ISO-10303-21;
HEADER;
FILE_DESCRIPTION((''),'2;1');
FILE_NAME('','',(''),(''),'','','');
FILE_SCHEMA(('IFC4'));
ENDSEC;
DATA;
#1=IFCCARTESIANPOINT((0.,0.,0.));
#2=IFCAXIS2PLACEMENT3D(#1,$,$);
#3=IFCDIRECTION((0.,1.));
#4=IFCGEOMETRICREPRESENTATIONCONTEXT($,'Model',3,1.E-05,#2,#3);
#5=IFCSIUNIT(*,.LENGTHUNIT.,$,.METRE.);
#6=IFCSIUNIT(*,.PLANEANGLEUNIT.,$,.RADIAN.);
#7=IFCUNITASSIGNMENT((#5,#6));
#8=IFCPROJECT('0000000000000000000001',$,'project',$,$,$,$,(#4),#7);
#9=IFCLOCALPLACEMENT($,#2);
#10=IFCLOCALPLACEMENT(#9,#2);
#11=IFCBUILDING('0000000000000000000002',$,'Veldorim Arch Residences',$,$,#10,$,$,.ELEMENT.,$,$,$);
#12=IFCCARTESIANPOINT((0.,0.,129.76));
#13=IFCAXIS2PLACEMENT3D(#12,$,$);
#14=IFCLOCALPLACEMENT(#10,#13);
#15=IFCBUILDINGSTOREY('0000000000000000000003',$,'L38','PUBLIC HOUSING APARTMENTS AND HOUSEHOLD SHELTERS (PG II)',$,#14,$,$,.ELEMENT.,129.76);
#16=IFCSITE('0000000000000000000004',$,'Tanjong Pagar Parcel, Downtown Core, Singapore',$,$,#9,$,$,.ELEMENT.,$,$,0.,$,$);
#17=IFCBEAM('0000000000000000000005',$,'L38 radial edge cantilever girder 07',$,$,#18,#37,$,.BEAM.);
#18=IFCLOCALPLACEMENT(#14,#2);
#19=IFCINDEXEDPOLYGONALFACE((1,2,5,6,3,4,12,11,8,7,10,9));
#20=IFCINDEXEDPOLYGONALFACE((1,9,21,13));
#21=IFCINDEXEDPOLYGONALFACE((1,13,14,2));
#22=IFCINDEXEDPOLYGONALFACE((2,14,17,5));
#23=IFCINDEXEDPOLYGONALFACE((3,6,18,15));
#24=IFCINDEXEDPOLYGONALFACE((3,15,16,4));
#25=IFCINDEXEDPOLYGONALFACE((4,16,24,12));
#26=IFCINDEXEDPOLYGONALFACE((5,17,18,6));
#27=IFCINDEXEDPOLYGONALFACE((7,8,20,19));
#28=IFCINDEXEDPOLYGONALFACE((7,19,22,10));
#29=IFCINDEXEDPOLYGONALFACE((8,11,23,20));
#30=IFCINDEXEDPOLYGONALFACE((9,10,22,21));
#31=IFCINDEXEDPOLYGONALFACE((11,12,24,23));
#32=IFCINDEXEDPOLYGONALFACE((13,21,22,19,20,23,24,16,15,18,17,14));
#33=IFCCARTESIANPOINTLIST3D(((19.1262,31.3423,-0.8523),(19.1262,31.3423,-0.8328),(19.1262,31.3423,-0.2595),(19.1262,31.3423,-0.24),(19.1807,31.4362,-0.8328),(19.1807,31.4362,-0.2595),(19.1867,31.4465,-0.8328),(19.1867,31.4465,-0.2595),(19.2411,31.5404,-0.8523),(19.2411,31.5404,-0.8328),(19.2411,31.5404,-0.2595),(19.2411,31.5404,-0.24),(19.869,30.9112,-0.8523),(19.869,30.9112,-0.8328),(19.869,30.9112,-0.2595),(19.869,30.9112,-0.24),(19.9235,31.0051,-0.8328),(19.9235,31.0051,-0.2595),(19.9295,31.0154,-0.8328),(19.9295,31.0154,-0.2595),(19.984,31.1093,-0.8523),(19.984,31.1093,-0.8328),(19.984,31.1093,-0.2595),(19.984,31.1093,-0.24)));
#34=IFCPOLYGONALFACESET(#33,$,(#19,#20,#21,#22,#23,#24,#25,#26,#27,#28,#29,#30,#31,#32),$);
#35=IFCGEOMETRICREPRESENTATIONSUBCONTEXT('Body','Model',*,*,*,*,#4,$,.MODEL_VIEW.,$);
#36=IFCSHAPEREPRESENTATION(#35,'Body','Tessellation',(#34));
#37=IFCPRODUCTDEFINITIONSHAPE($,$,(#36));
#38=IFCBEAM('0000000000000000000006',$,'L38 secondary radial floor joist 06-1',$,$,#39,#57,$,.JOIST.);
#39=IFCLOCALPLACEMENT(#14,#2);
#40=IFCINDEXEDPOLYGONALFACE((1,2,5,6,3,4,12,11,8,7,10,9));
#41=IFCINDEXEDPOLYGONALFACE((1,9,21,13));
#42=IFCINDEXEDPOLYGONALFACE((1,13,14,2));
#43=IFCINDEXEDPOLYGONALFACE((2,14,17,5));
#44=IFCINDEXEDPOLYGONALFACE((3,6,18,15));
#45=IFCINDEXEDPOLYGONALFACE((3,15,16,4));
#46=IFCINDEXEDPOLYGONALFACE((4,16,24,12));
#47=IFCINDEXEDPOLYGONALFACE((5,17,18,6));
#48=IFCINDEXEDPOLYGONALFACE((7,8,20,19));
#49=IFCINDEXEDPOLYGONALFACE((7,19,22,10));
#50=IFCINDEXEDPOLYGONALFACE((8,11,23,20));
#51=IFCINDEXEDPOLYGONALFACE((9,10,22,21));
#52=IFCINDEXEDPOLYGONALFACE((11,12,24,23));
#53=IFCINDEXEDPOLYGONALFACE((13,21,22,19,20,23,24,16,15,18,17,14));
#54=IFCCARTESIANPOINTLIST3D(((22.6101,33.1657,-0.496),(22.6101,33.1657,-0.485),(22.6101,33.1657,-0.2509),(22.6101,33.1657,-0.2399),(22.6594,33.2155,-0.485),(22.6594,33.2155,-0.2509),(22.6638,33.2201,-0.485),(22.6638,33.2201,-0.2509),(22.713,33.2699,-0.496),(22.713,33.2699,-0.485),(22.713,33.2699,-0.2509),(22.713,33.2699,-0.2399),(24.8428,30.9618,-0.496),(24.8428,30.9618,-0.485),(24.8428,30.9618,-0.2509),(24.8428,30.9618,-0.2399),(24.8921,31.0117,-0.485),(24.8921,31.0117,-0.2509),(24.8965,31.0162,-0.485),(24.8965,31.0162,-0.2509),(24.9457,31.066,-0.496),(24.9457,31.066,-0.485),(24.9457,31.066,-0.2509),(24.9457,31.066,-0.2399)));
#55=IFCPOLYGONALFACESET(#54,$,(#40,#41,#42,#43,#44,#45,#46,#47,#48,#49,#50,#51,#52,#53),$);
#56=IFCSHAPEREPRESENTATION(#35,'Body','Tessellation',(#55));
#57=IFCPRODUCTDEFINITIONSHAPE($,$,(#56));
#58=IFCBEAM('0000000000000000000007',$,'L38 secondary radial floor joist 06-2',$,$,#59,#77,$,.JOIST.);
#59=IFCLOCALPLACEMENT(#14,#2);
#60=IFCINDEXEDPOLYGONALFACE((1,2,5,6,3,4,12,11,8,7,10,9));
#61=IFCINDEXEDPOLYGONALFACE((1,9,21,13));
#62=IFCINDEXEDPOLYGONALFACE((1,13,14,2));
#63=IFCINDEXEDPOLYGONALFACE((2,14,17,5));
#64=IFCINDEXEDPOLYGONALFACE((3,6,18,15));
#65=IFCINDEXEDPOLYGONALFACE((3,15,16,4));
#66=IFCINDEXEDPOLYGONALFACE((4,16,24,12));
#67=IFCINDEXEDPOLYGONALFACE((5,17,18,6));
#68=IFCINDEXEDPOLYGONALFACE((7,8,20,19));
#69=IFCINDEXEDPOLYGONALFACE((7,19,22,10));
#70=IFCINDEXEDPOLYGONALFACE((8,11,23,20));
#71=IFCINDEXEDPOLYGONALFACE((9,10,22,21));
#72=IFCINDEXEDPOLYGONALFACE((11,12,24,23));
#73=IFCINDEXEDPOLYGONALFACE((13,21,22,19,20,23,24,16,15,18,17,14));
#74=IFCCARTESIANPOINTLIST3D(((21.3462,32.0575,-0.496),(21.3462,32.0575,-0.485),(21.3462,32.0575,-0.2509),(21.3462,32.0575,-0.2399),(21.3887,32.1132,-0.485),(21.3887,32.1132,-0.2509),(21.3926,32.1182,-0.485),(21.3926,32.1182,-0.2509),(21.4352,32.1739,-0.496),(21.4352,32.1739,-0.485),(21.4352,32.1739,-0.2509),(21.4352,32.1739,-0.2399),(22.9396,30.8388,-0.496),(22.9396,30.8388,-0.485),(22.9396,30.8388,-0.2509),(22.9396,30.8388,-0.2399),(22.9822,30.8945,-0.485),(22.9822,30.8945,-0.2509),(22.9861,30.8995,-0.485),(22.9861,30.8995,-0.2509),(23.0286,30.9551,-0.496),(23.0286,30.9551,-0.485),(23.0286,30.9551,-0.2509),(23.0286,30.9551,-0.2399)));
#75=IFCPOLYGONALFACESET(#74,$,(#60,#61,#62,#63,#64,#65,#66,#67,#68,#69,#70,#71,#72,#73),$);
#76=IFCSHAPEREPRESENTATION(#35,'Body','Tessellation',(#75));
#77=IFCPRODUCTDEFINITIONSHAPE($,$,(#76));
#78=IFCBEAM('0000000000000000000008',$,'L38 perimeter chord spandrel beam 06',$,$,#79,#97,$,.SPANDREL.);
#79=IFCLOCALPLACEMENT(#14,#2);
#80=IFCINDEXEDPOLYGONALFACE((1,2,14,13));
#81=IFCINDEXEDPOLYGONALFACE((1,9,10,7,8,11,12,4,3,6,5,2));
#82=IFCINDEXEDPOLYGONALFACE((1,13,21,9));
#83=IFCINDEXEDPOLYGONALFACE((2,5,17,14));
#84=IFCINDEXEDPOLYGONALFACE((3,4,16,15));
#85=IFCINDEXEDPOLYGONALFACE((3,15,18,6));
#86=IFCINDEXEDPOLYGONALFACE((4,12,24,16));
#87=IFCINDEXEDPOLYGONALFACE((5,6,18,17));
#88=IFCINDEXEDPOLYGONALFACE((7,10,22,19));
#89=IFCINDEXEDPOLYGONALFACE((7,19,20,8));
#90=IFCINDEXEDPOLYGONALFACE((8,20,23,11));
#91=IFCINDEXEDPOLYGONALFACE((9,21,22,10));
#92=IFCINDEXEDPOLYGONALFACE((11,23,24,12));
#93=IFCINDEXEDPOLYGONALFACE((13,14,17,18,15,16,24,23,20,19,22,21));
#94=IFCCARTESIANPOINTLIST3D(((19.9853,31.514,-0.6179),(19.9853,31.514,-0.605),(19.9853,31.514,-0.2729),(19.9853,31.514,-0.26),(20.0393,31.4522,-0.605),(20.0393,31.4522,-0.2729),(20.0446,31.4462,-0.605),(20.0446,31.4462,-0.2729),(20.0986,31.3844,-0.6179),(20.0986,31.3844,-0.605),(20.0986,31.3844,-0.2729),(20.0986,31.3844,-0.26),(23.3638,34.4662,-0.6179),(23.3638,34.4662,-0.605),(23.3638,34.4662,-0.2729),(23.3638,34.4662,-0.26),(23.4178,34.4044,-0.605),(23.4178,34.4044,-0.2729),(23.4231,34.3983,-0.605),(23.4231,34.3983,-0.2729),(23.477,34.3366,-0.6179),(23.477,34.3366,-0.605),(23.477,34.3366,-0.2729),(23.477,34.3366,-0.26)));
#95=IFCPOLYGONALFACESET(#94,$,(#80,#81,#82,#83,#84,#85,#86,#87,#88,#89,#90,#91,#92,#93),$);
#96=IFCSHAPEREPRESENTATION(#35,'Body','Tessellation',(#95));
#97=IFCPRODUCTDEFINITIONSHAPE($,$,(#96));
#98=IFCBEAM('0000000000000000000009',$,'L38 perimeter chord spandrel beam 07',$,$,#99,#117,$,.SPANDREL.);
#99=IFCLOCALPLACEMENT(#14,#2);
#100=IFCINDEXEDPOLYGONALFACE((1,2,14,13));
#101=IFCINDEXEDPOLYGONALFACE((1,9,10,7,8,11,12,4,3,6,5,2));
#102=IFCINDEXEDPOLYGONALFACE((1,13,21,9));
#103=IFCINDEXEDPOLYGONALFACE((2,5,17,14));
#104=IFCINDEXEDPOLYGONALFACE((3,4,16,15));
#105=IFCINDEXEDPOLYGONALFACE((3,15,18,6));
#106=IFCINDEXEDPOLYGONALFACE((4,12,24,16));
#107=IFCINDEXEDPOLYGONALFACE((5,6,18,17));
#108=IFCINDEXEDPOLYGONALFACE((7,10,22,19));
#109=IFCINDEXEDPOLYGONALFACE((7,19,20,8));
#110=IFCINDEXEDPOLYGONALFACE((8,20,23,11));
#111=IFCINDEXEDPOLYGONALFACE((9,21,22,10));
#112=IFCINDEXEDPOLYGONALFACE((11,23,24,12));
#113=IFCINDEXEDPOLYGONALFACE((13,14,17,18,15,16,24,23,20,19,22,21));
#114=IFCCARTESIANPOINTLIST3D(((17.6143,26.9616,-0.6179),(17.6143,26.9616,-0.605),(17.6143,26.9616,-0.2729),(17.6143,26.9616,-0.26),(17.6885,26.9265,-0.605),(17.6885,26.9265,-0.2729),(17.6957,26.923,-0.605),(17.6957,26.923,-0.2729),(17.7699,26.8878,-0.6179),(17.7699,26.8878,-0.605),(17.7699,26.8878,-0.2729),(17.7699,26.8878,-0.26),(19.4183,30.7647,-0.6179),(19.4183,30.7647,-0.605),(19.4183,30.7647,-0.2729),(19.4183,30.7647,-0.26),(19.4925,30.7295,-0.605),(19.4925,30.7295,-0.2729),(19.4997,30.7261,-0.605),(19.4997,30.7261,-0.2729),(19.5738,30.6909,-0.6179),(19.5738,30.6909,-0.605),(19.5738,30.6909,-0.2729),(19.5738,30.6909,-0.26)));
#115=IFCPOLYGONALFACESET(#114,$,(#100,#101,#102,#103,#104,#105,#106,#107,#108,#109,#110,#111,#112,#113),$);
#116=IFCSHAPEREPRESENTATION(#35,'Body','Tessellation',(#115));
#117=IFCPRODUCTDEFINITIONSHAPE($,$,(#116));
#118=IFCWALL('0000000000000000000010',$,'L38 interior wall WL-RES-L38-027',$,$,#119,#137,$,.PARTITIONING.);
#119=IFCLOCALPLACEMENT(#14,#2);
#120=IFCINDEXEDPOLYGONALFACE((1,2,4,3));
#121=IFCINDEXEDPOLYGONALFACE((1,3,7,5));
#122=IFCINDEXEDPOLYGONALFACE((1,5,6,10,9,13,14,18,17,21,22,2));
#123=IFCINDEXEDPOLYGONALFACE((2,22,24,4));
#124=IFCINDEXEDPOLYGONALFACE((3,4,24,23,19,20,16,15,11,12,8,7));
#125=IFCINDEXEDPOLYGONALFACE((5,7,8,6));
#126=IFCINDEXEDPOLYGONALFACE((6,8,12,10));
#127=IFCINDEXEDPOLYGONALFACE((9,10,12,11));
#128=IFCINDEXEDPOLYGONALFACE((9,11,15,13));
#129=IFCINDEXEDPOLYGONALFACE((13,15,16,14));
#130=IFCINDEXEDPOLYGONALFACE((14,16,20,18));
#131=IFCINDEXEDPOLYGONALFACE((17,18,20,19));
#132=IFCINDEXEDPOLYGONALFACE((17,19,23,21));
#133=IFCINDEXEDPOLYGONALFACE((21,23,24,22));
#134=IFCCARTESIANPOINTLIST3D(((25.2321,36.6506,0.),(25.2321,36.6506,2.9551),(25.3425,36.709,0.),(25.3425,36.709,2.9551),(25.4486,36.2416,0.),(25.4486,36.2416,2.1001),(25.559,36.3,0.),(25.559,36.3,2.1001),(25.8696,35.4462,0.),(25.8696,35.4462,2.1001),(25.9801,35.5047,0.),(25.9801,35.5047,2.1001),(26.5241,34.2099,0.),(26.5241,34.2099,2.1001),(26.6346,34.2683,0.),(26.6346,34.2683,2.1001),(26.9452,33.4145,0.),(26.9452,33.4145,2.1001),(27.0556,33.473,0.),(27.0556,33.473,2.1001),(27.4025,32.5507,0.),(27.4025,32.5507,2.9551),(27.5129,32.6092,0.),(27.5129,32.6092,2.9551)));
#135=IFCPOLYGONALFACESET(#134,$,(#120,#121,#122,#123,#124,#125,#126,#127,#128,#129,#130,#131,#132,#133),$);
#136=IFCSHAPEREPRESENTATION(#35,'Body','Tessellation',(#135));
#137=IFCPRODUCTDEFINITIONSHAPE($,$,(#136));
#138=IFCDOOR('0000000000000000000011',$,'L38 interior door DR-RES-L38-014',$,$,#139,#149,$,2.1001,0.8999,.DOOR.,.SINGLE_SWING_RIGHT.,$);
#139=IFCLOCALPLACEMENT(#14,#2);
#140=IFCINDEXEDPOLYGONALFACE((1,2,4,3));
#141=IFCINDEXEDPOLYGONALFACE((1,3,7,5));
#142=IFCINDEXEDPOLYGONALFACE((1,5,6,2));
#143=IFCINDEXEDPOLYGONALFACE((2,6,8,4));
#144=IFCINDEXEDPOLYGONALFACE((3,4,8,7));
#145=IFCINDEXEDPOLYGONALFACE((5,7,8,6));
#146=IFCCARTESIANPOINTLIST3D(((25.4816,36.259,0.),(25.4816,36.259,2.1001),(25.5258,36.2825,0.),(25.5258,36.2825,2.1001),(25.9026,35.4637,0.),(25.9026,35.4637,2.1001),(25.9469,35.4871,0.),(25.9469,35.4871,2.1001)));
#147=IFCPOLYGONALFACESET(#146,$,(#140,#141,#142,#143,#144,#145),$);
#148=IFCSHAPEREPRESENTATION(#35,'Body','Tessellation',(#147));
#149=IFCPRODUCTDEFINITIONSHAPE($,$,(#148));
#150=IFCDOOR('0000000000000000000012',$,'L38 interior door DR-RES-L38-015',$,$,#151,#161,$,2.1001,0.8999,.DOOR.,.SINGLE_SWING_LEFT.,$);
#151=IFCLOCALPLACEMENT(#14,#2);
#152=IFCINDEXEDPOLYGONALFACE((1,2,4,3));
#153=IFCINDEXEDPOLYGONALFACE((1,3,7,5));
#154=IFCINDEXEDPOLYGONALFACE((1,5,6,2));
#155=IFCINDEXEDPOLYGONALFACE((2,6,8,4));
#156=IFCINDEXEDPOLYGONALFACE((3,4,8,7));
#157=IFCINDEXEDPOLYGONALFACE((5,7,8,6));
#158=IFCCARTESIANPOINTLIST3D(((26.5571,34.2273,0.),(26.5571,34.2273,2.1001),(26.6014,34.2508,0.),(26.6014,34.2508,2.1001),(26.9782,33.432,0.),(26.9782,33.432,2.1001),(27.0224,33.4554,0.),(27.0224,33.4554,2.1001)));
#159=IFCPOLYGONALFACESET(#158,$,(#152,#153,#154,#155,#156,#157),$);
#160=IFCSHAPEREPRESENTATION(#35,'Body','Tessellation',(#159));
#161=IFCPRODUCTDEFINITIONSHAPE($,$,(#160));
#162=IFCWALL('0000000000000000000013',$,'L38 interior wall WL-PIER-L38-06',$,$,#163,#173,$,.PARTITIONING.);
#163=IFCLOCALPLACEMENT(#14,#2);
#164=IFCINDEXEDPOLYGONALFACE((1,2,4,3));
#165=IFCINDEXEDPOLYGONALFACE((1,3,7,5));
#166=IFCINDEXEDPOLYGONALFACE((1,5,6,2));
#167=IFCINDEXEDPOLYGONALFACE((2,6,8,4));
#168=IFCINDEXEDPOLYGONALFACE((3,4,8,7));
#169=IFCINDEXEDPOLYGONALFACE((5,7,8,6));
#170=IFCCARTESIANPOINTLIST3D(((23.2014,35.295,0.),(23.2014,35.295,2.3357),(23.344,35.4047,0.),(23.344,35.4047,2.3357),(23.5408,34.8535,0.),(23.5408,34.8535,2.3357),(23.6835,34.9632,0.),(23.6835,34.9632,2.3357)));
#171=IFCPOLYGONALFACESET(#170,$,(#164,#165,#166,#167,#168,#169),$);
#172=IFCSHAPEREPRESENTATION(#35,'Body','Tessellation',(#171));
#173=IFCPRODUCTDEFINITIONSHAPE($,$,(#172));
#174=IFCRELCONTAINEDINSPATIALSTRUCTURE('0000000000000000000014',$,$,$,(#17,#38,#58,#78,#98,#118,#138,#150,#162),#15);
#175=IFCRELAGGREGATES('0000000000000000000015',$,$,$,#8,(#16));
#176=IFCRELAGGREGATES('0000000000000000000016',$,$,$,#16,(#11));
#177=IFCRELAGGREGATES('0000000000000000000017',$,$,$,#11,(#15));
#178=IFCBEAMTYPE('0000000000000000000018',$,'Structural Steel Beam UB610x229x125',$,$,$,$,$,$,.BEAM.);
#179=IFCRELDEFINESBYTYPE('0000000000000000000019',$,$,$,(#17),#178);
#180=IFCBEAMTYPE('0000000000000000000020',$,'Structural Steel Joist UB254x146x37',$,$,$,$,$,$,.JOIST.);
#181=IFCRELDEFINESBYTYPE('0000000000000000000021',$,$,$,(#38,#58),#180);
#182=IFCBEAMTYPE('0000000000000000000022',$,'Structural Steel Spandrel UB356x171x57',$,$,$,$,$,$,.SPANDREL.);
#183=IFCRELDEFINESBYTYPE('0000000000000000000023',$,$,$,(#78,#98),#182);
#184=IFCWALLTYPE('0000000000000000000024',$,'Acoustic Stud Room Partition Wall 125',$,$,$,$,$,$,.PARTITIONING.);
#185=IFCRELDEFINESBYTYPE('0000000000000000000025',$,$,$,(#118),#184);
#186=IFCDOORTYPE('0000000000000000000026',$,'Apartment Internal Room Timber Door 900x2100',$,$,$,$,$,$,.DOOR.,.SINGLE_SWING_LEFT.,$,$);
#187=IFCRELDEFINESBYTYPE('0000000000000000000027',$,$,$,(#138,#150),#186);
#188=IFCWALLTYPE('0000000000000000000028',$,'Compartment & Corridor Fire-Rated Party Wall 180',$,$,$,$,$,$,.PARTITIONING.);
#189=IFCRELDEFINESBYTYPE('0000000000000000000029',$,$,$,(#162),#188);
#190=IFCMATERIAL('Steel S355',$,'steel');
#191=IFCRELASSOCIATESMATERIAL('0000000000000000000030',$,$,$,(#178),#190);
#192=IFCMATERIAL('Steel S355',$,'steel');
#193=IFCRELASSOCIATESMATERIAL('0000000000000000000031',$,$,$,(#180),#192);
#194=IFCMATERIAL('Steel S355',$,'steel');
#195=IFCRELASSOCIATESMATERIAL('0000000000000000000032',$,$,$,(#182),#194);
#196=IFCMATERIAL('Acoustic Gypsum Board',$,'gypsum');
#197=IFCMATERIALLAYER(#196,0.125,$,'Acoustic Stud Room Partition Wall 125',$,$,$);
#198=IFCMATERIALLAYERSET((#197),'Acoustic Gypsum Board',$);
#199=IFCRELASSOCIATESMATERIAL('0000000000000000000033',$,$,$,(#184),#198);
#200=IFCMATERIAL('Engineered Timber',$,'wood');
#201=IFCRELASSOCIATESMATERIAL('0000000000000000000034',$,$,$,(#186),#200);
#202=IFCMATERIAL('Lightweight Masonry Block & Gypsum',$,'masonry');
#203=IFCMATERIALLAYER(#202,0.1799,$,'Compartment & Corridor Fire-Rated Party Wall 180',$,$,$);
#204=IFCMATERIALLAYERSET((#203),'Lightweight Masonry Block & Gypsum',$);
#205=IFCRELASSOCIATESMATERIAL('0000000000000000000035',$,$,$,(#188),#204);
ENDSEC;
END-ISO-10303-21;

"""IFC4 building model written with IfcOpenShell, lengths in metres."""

from ifc_helpers import new_model, si_unit, direction, frame, frame_2d, origin, origin_2d, place, context, subcontext, project, spatial, rectangle, i_section, extrude, material, layer, layer_set, material_profile, profile_set, type_object, element, fill, save


model = new_model("IFC4")

# Units and contexts
model_context = context("Model", 3, precision=1e-05, world=origin(), true_north=direction((0.0, 1.0)))
body_context = subcontext(model_context, "Body", "Model", "MODEL_VIEW")
ifc_project = project(units=[si_unit("LENGTHUNIT", "METRE"), si_unit("PLANEANGLEUNIT", "RADIAN")], contexts=[model_context])

# Site, building, storey
site_placement = place(None, origin())
site = spatial("IfcSite", under=ifc_project, at=site_placement, Name="Tanjong Pagar Parcel, Downtown Core, Singapore", CompositionType="ELEMENT", RefElevation=0.0)
building_placement = place(site_placement, origin())
building = spatial("IfcBuilding", under=site, at=building_placement, Name="Veldorim Arch Residences", CompositionType="ELEMENT")
storey_placement = place(building_placement, frame((0.0, 0.0, 129.76)))
storey = spatial("IfcBuildingStorey", under=building, at=storey_placement, Name="L38", Description="PUBLIC HOUSING APARTMENTS AND HOUSEHOLD SHELTERS (PG II)", CompositionType="ELEMENT", Elevation=129.76)

# Beams
ifc_material_1 = material(Name="Steel S355", Category="steel")
ifc_material_profile_1 = material_profile(ifc_material_1, i_section(OverallWidth=0.229, OverallDepth=0.6123, WebThickness=0.012, FlangeThickness=0.0195, at=origin_2d()), Name="UB610x229x125")
ifc_profile_set_1 = profile_set([ifc_material_profile_1], Name="Steel S355")
beam_type_1 = type_object("IfcBeamType", Name="Structural Steel Beam UB610x229x125", PredefinedType="BEAM", material=ifc_profile_set_1)
beam_1_placement = place(storey_placement, frame((19.9265, 31.0103, -0.5461), z_axis=(-0.8649, 0.501944, 0.0), x_axis=(-0.501944, -0.8649, 0.0)))
element("IfcBeam", 1, at=beam_1_placement, inside=storey, type_object=beam_type_1, Name="L38 radial edge cantilever girder 07", PredefinedType="BEAM", context=body_context, shape_type="SweptSolid", body=[
    extrude(i_section(OverallWidth=0.229, OverallDepth=0.6123, WebThickness=0.012, FlangeThickness=0.0195, at=origin_2d()), origin(), (0.0, 0.0, 1.0), 0.8589),
])
ifc_material_2 = material(Name="Steel S355", Category="steel")
ifc_material_profile_2 = material_profile(ifc_material_2, i_section(OverallWidth=0.1465, OverallDepth=0.2561, WebThickness=0.0063, FlangeThickness=0.011, at=origin_2d()), Name="UB254x146x37")
ifc_profile_set_2 = profile_set([ifc_material_profile_2], Name="Steel S355")
beam_type_2 = type_object("IfcBeamType", Name="Structural Steel Joist UB254x146x37", PredefinedType="JOIST", material=ifc_profile_set_2)
beam_2_placement = place(storey_placement, frame((24.8943, 31.0139, -0.3679), z_axis=(-0.711683, 0.7025, 0.0), x_axis=(-0.7025, -0.711683, 0.0)))
element("IfcBeam", 2, at=beam_2_placement, inside=storey, type_object=beam_type_2, Name="L38 secondary radial floor joist 06-1", PredefinedType="JOIST", context=body_context, shape_type="SweptSolid", body=[
    extrude(i_section(OverallWidth=0.1465, OverallDepth=0.2561, WebThickness=0.0063, FlangeThickness=0.011, at=origin_2d()), origin(), (0.0, 0.0, 1.0), 3.1372),
])
beam_3_placement = place(storey_placement, frame((22.9841, 30.897, -0.3679), z_axis=(-0.794313, 0.607509, 0.0), x_axis=(-0.607509, -0.794313, 0.0)))
element("IfcBeam", 3, at=beam_3_placement, inside=storey, type_object=beam_type_2, Name="L38 secondary radial floor joist 06-2", PredefinedType="JOIST", context=body_context, shape_type="SweptSolid", body=[
    extrude(i_section(OverallWidth=0.1465, OverallDepth=0.2561, WebThickness=0.0063, FlangeThickness=0.011, at=origin_2d()), origin(), (0.0, 0.0, 1.0), 2.0061),
])
ifc_material_3 = material(Name="Steel S355", Category="steel")
ifc_material_profile_3 = material_profile(ifc_material_3, i_section(OverallWidth=0.1721, OverallDepth=0.3579, WebThickness=0.0081, FlangeThickness=0.0129, at=origin_2d()), Name="UB356x171x57")
ifc_profile_set_3 = profile_set([ifc_material_profile_3], Name="Steel S355")
beam_type_3 = type_object("IfcBeamType", Name="Structural Steel Spandrel UB356x171x57", PredefinedType="SPANDREL", material=ifc_profile_set_3)
beam_4_placement = place(storey_placement, frame((23.4204, 34.4014, -0.439), z_axis=(-0.753015, -0.658004, 0.0), x_axis=(0.658004, -0.753015, 0.0)))
element("IfcBeam", 4, at=beam_4_placement, inside=storey, type_object=beam_type_3, Name="L38 perimeter chord spandrel beam 06", PredefinedType="SPANDREL", context=body_context, shape_type="SweptSolid", body=[
    extrude(i_section(OverallWidth=0.1721, OverallDepth=0.3579, WebThickness=0.0081, FlangeThickness=0.0129, at=origin_2d()), origin(), (0.0, 0.0, 1.0), 4.4866),
])
beam_5_placement = place(storey_placement, frame((19.4961, 30.7278, -0.439), z_axis=(-0.42858, -0.903504, 0.0), x_axis=(0.903504, -0.42858, 0.0)))
element("IfcBeam", 5, at=beam_5_placement, inside=storey, type_object=beam_type_3, Name="L38 perimeter chord spandrel beam 07", PredefinedType="SPANDREL", context=body_context, shape_type="SweptSolid", body=[
    extrude(i_section(OverallWidth=0.1721, OverallDepth=0.3579, WebThickness=0.0081, FlangeThickness=0.0129, at=origin_2d()), origin(), (0.0, 0.0, 1.0), 4.2092),
])

# Wall, openings, doors
ifc_material_4 = material(Name="Acoustic Gypsum Board", Category="gypsum")
ifc_layer_1 = layer(ifc_material_4, 0.125, Name="Acoustic Stud Room Partition Wall 125")
ifc_layer_set_1 = layer_set([ifc_layer_1], Name="Acoustic Gypsum Board")
wall_type_1 = type_object("IfcWallType", Name="Acoustic Stud Room Partition Wall 125", PredefinedType="PARTITIONING", material=ifc_layer_set_1)
wall_1_placement = place(storey_placement, frame((25.2874, 36.6797, 0.0), z_axis=(0.0, 0.0, 1.0), x_axis=(0.467871, -0.883797, 0.0)))
wall_1 = element("IfcWall", 6, at=wall_1_placement, inside=storey, type_object=wall_type_1, Name="L38 interior wall WL-RES-L38-027", PredefinedType="PARTITIONING", context=body_context, shape_type="SweptSolid", body=[
    extrude(rectangle(XDim=4.6389, YDim=0.125, at=frame_2d((2.3193, 0.0))), origin(), (0.0, 0.0, 1.0), 2.9551),
])
opening_1_placement = place(wall_1_placement, frame((0.4626, 0.0, 0.0)))
opening_1 = element("IfcOpeningElement", 7, at=opening_1_placement, cuts=wall_1, PredefinedType="OPENING", context=body_context, shape_type="SweptSolid", body=[
    extrude(rectangle(XDim=0.8999, YDim=2.1001, at=frame_2d((0.45, 1.05))), frame((0.0, 0.0725, 0.0), z_axis=(0.0, -1.0, 0.0), x_axis=(1.0, 0.0, 0.0)), (0.0, 0.0, 1.0), 0.145),
])
opening_2_placement = place(wall_1_placement, frame((2.7615, 0.0, 0.0)))
opening_2 = element("IfcOpeningElement", 8, at=opening_2_placement, cuts=wall_1, PredefinedType="OPENING", context=body_context, shape_type="SweptSolid", body=[
    extrude(rectangle(XDim=0.8999, YDim=2.1001, at=frame_2d((0.45, 1.05))), frame((0.0, 0.0725, 0.0), z_axis=(0.0, -1.0, 0.0), x_axis=(1.0, 0.0, 0.0)), (0.0, 0.0, 1.0), 0.145),
])
ifc_material_5 = material(Name="Engineered Timber", Category="wood")
door_type_1 = type_object("IfcDoorType", Name="Apartment Internal Room Timber Door 900x2100", OperationType="SINGLE_SWING_LEFT", PredefinedType="DOOR", material=ifc_material_5)
door_1_placement = place(opening_1_placement, origin())
door_1 = element("IfcDoor", 9, at=door_1_placement, inside=storey, type_object=door_type_1, Name="L38 interior door DR-RES-L38-014", OperationType="SINGLE_SWING_RIGHT", OverallHeight=2.1001, OverallWidth=0.8999, PredefinedType="DOOR", context=body_context, shape_type="SweptSolid", body=[
    extrude(rectangle(XDim=0.8999, YDim=2.1001, at=frame_2d((0.45, 1.05))), frame((0.0, 0.0249, 0.0), z_axis=(0.0, -1.0, 0.0), x_axis=(1.0, 0.0, 0.0)), (0.0, 0.0, 1.0), 0.05),
])
fill(opening_1, door_1)
door_2_placement = place(opening_2_placement, origin())
door_2 = element("IfcDoor", 10, at=door_2_placement, inside=storey, type_object=door_type_1, Name="L38 interior door DR-RES-L38-015", OperationType="SINGLE_SWING_LEFT", OverallHeight=2.1001, OverallWidth=0.8999, PredefinedType="DOOR", context=body_context, shape_type="SweptSolid", body=[
    extrude(rectangle(XDim=0.8999, YDim=2.1001, at=frame_2d((0.45, 1.05))), frame((0.0, 0.0249, 0.0), z_axis=(0.0, -1.0, 0.0), x_axis=(1.0, 0.0, 0.0)), (0.0, 0.0, 1.0), 0.05),
])
fill(opening_2, door_2)

# Wall
ifc_material_6 = material(Name="Lightweight Masonry Block & Gypsum", Category="masonry")
ifc_layer_2 = layer(ifc_material_6, 0.1799, Name="Compartment & Corridor Fire-Rated Party Wall 180")
ifc_layer_set_2 = layer_set([ifc_layer_2], Name="Lightweight Masonry Block & Gypsum")
wall_type_2 = type_object("IfcWallType", Name="Compartment & Corridor Fire-Rated Party Wall 180", PredefinedType="PARTITIONING", material=ifc_layer_set_2)
wall_2_placement = place(storey_placement, frame((23.6121, 34.9084, 0.0), z_axis=(0.0, 0.0, 1.0), x_axis=(-0.609499, 0.792787, 0.0)))
element("IfcWall", 11, at=wall_2_placement, inside=storey, type_object=wall_type_2, Name="L38 interior wall WL-PIER-L38-06", PredefinedType="PARTITIONING", context=body_context, shape_type="SweptSolid", body=[
    extrude(rectangle(XDim=0.5569, YDim=0.1799, at=frame_2d((0.2783, 0.0))), origin(), (0.0, 0.0, 1.0), 2.3357),
])

save(model, "model.ifc")
